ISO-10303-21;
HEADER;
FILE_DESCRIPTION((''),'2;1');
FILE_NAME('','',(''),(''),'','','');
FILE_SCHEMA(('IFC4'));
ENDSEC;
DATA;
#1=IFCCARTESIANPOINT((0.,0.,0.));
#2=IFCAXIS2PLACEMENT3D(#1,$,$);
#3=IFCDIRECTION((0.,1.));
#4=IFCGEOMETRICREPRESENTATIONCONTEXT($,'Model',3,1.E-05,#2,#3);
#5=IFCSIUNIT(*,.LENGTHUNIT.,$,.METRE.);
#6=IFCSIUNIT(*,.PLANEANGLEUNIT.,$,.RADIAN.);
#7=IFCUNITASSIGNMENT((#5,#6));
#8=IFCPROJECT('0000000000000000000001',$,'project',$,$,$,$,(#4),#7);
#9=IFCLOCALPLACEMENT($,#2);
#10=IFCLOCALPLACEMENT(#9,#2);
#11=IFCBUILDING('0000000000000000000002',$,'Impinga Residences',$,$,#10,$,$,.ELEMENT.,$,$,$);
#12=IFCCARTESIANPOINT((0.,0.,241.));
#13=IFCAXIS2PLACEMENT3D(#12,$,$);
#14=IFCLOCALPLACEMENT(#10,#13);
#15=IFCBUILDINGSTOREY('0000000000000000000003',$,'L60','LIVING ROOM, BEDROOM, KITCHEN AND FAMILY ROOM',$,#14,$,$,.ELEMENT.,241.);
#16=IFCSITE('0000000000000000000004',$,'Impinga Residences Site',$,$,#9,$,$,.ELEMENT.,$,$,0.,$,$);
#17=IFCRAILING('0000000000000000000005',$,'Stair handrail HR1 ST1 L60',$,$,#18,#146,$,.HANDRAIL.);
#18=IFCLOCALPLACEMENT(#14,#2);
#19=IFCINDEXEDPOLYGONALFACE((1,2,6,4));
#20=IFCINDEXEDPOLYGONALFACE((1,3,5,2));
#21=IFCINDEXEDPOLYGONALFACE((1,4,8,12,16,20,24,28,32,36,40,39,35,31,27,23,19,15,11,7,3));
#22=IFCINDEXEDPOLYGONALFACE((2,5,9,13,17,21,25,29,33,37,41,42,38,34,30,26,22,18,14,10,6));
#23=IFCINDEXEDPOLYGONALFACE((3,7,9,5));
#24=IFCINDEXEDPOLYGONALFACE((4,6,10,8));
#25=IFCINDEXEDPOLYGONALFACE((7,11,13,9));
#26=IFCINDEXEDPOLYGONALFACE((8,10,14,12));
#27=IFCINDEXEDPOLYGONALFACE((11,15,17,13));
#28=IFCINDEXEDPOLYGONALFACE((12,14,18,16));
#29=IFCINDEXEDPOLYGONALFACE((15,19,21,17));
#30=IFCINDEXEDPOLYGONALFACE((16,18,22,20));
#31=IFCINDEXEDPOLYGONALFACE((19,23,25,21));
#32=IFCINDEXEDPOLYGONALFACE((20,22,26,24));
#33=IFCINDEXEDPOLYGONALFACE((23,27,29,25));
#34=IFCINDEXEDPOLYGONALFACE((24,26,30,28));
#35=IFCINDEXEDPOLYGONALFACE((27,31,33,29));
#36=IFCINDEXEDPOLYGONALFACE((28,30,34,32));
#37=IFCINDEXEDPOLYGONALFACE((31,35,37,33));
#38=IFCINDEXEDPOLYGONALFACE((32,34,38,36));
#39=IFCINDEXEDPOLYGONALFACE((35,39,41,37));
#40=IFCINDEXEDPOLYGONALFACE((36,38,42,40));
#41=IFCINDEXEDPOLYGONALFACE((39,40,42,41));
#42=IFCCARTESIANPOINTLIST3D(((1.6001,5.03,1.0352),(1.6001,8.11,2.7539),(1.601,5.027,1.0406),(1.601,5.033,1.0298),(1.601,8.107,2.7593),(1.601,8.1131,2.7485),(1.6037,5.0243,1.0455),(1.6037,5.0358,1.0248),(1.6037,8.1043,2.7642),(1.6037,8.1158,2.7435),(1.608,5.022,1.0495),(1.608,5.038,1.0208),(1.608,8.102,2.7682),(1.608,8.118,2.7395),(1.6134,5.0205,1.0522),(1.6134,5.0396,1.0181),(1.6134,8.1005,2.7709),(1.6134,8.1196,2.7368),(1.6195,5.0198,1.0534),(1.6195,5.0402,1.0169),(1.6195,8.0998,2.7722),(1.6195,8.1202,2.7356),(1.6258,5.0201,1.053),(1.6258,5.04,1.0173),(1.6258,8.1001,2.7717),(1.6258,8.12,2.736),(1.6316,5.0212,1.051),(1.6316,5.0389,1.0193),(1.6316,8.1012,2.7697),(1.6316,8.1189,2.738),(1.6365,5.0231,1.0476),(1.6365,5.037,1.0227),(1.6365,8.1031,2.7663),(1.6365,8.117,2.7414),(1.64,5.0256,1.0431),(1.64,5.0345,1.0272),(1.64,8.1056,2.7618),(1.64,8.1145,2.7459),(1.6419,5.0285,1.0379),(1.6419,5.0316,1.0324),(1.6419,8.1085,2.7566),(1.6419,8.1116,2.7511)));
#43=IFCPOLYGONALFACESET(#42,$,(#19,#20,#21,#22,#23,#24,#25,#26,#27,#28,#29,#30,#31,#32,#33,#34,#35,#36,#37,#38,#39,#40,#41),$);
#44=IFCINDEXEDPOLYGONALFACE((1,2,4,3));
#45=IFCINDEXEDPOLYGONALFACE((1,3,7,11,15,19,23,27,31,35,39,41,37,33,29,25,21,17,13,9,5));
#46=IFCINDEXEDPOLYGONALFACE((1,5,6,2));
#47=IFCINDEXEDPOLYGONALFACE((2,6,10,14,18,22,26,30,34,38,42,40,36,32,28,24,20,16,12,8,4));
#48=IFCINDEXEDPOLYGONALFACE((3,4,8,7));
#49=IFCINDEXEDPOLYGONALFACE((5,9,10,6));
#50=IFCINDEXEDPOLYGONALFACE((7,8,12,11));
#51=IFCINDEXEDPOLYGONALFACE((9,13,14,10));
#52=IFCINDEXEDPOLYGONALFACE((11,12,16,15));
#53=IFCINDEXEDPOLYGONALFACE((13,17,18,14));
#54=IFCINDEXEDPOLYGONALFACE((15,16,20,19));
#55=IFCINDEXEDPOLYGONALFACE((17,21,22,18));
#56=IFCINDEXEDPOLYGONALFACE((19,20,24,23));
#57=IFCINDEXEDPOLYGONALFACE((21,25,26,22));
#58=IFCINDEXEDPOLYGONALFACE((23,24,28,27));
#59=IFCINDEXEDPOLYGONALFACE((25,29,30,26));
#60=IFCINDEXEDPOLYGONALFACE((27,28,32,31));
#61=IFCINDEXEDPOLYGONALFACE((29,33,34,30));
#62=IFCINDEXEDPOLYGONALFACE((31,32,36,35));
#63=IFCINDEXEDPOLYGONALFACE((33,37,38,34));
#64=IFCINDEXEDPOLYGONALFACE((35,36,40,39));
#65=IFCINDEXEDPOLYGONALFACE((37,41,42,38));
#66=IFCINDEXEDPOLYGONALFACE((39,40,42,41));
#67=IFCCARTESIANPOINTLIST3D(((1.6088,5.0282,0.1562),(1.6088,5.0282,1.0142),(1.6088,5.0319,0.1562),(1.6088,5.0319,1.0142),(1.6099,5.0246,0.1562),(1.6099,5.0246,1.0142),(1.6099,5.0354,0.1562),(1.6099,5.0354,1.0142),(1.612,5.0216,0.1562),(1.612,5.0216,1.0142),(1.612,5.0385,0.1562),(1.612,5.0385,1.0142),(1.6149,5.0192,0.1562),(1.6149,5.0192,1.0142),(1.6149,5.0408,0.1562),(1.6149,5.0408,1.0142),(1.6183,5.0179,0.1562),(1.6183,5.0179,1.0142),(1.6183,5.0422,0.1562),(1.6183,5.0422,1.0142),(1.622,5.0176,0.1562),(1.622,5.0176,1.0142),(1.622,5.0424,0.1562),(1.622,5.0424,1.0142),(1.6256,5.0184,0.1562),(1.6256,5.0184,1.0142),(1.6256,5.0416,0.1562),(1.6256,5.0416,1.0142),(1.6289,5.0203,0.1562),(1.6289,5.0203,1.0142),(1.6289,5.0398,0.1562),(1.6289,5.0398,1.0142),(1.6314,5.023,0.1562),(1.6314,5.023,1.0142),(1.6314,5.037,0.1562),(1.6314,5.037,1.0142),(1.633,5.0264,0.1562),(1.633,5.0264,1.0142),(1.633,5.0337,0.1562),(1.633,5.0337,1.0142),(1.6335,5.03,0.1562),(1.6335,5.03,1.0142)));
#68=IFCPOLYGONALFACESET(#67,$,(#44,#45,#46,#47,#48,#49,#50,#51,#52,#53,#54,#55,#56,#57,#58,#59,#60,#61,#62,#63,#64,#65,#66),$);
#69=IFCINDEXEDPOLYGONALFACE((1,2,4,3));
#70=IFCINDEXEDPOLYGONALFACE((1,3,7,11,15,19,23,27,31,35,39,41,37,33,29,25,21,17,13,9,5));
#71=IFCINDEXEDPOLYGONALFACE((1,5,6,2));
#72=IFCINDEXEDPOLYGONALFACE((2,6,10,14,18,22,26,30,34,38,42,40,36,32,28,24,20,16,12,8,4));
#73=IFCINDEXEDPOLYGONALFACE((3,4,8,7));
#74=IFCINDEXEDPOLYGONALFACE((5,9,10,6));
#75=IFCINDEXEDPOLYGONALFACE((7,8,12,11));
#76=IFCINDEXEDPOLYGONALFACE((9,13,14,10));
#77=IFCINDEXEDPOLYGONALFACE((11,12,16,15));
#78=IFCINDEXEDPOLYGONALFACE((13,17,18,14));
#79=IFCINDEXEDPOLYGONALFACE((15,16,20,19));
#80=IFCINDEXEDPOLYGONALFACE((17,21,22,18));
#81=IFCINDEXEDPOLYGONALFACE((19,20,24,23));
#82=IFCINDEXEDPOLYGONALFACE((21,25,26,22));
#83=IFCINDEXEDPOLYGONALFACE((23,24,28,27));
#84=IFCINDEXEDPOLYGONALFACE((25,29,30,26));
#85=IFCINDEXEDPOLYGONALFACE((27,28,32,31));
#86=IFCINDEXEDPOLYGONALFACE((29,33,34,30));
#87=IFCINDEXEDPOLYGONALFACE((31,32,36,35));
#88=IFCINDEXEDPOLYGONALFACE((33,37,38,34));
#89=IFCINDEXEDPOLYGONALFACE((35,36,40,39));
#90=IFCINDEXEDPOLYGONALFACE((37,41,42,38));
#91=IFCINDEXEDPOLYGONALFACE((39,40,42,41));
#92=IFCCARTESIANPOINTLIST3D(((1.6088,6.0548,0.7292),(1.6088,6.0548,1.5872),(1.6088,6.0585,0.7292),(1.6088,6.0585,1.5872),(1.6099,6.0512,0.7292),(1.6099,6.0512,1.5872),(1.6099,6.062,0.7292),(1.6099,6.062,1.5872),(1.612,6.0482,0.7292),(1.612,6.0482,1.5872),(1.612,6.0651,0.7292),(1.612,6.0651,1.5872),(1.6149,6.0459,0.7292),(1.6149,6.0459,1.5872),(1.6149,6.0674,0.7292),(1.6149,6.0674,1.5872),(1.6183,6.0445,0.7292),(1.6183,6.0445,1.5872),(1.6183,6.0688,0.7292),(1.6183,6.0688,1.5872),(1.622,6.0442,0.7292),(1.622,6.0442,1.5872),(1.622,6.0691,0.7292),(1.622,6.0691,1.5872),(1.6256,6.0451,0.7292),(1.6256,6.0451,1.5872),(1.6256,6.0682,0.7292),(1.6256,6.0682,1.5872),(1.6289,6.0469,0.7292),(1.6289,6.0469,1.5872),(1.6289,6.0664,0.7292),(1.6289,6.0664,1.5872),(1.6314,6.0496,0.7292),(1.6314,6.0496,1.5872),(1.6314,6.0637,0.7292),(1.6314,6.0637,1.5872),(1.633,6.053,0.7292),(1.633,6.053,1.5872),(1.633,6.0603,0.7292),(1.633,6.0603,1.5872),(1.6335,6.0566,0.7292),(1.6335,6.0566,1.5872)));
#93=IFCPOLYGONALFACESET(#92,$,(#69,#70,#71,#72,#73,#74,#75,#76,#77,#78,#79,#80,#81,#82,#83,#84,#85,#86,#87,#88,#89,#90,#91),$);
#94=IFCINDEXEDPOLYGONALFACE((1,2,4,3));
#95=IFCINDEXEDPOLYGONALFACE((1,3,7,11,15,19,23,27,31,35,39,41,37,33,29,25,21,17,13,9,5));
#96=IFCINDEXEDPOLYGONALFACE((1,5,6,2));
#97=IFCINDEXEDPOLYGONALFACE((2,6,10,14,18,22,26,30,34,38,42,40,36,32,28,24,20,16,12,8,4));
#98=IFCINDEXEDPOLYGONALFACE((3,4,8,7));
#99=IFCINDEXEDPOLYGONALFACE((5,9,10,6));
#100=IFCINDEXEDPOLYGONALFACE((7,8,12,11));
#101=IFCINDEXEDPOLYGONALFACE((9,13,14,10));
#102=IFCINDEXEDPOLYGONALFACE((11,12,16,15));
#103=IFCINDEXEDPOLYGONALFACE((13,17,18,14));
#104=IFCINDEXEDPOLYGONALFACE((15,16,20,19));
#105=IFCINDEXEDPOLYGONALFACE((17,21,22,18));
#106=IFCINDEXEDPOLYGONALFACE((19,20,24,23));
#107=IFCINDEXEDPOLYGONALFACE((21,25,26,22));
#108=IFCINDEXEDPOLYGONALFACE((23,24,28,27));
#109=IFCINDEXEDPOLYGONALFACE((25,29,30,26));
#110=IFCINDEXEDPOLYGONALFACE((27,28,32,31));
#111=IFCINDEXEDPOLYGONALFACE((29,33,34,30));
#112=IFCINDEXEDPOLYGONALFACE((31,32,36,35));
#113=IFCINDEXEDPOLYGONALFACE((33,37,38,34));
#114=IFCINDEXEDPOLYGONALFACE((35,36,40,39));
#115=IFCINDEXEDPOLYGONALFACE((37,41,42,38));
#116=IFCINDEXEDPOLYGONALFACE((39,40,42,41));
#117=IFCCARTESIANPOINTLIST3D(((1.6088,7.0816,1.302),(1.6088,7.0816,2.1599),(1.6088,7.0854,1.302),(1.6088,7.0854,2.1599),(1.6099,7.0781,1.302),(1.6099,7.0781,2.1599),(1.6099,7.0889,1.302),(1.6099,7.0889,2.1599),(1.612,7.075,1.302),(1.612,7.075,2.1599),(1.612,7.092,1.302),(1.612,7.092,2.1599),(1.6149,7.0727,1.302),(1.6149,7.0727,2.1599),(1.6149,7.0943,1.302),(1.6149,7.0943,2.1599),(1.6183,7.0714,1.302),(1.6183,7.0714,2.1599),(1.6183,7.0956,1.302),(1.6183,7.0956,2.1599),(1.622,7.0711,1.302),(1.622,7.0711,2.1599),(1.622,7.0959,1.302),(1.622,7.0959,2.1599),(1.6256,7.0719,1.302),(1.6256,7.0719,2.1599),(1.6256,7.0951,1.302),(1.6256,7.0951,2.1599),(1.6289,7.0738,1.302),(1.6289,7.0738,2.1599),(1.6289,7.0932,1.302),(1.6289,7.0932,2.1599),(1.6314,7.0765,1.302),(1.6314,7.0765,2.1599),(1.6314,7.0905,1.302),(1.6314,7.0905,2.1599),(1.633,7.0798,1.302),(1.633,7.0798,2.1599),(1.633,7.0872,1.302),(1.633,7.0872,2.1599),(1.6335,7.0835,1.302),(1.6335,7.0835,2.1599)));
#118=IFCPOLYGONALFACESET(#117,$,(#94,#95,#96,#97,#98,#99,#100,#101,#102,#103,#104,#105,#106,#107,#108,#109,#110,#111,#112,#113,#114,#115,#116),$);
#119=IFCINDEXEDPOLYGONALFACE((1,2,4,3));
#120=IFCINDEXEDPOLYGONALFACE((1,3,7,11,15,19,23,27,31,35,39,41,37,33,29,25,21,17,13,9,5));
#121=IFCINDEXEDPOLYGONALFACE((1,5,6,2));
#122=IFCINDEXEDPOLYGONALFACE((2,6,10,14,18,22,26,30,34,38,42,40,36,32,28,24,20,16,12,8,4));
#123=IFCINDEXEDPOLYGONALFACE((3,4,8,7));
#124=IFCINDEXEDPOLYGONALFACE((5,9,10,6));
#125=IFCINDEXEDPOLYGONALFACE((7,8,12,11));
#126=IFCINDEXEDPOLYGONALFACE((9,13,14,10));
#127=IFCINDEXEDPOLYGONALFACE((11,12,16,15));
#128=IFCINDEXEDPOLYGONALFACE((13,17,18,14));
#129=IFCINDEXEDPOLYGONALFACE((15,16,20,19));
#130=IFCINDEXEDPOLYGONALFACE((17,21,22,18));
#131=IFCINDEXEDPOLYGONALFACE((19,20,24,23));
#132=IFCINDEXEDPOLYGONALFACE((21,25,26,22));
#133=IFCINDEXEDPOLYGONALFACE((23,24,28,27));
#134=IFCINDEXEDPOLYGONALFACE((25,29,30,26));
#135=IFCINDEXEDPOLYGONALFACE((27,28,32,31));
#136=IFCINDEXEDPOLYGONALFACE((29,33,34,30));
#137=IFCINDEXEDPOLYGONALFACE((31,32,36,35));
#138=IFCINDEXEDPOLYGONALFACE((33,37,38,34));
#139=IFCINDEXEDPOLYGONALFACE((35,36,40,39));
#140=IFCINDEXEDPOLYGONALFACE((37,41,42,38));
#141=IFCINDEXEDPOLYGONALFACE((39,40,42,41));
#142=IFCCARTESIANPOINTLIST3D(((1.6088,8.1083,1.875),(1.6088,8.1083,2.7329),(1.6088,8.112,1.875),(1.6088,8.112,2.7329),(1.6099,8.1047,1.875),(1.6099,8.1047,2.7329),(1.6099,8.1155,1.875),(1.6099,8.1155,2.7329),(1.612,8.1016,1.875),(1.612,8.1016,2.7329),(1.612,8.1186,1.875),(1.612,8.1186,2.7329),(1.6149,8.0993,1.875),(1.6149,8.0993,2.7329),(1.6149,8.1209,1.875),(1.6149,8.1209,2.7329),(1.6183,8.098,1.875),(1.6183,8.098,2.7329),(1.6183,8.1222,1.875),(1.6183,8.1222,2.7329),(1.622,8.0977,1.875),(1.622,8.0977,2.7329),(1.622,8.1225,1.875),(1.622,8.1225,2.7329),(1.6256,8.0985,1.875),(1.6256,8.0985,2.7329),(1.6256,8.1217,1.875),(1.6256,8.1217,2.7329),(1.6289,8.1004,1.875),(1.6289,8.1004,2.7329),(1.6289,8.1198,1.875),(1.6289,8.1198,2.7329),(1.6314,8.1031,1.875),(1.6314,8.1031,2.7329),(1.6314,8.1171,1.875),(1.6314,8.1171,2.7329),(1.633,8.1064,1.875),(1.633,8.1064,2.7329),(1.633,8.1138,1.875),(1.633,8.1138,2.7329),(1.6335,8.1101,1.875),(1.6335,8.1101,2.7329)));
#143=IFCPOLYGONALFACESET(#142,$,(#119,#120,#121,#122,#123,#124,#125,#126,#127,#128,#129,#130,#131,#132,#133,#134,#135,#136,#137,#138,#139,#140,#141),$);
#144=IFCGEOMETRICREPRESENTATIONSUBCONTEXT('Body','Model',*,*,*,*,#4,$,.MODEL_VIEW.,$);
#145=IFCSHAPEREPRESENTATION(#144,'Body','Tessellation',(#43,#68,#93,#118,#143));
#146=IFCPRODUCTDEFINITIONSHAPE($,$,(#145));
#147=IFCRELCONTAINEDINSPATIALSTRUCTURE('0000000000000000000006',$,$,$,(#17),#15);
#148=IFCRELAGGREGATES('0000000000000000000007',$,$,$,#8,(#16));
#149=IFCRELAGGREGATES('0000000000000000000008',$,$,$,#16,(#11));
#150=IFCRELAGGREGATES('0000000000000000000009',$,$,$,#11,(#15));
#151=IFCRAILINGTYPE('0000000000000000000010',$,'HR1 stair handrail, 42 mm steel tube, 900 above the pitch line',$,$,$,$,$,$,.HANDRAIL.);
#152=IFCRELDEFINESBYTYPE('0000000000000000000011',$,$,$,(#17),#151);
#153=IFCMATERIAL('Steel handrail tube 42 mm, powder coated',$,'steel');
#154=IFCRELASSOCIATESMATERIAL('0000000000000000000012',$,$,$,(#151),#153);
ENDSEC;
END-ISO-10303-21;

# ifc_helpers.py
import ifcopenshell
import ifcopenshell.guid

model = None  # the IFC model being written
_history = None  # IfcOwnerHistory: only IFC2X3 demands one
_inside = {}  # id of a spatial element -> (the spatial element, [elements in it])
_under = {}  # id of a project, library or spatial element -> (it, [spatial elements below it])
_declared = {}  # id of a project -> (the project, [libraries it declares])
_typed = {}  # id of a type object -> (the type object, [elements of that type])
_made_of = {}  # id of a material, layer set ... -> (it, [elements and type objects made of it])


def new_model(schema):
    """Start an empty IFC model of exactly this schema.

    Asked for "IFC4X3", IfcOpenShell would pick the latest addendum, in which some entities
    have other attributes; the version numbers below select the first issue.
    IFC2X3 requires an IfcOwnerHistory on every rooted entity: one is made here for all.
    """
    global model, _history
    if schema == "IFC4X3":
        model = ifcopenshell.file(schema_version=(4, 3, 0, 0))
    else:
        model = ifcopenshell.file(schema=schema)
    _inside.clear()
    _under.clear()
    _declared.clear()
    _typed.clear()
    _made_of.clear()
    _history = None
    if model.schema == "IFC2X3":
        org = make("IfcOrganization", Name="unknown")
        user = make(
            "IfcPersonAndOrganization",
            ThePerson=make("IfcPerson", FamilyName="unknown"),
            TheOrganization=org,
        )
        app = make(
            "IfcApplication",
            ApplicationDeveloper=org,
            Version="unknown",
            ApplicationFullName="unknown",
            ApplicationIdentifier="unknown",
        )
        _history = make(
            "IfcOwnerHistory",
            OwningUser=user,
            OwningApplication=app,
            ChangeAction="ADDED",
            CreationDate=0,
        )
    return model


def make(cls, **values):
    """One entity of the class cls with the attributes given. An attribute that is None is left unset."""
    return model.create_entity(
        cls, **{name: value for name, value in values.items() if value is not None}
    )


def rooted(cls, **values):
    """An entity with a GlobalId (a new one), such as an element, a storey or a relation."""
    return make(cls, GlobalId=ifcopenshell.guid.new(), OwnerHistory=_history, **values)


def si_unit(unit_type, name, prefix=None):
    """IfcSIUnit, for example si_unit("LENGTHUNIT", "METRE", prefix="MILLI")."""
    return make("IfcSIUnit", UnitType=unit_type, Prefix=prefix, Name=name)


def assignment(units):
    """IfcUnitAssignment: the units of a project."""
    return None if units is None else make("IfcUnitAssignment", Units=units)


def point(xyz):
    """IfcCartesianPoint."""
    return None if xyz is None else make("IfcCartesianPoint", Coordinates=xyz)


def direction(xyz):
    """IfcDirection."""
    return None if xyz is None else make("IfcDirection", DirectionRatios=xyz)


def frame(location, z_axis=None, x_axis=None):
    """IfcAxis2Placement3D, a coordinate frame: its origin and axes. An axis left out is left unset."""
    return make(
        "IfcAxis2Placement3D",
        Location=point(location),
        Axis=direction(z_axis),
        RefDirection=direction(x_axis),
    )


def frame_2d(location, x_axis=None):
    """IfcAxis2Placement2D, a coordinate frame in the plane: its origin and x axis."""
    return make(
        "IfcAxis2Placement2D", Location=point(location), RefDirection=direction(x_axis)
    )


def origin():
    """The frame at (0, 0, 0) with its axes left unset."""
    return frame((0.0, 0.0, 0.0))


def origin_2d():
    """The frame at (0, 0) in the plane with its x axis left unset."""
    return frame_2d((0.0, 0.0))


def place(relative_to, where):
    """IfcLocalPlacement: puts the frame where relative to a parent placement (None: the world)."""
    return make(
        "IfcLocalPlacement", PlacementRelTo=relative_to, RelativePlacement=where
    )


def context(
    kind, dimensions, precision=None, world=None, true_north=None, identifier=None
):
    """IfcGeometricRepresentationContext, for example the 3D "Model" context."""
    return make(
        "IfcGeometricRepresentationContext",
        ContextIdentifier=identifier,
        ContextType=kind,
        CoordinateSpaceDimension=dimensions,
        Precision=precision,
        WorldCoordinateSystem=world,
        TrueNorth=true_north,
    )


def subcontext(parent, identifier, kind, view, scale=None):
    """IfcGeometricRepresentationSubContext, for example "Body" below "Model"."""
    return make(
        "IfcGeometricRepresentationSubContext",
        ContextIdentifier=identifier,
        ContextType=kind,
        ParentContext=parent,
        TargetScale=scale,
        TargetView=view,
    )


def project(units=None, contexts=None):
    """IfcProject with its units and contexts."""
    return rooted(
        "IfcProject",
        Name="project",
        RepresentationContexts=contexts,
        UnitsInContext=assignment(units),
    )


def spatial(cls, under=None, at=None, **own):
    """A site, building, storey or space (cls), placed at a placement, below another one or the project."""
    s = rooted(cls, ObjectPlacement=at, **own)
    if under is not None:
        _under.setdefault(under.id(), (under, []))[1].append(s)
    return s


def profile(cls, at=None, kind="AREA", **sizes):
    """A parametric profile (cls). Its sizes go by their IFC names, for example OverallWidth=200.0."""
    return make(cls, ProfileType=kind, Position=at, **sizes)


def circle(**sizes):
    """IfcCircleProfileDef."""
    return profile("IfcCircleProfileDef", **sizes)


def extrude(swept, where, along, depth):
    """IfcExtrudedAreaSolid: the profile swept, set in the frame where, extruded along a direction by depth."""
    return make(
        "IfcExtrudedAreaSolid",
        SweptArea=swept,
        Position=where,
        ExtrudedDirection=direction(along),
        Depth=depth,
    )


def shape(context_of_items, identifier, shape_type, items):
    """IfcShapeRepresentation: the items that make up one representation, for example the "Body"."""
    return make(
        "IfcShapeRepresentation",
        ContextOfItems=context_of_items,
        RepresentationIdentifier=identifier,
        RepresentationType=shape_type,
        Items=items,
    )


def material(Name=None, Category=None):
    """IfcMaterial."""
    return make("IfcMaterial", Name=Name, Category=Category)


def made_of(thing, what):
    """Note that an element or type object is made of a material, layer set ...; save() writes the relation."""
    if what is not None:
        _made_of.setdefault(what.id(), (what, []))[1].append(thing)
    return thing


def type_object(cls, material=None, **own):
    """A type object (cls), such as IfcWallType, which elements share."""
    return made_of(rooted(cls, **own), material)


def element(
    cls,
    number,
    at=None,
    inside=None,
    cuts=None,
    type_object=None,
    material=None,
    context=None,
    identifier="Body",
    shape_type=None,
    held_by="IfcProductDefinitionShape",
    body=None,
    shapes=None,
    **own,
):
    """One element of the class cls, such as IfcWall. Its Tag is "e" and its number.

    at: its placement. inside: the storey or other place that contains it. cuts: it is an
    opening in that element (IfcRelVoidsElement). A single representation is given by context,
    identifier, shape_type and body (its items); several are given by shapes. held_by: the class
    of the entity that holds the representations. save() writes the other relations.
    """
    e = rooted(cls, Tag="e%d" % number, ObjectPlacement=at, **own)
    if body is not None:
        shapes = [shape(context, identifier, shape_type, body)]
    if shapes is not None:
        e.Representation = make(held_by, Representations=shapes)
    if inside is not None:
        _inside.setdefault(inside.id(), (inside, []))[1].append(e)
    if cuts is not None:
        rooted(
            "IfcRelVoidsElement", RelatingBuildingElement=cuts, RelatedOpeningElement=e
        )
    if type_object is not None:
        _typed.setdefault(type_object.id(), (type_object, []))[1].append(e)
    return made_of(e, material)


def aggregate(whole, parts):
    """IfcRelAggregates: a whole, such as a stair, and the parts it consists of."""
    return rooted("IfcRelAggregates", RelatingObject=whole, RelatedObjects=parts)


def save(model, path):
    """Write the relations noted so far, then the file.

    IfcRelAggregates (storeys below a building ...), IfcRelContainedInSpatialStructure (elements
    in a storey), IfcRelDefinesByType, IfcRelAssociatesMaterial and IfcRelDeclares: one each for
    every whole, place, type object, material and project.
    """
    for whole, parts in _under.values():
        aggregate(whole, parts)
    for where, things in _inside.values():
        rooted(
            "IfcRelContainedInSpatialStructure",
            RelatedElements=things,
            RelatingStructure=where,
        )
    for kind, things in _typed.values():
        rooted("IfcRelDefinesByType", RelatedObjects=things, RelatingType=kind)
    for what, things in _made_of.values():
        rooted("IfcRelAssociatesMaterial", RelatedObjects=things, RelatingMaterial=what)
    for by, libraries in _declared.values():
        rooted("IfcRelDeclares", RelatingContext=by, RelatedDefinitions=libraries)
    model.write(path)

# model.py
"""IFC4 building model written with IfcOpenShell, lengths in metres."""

from ifc_helpers import new_model, si_unit, direction, frame, origin, origin_2d, place, context, subcontext, project, spatial, circle, extrude, material, type_object, element, save


model = new_model("IFC4")

# Units and contexts
model_context = context("Model", 3, precision=1e-05, world=origin(), true_north=direction((0.0, 1.0)))
body_context = subcontext(model_context, "Body", "Model", "MODEL_VIEW")
ifc_project = project(units=[si_unit("LENGTHUNIT", "METRE"), si_unit("PLANEANGLEUNIT", "RADIAN")], contexts=[model_context])

# Site, building, storey
site_placement = place(None, origin())
site = spatial("IfcSite", under=ifc_project, at=site_placement, Name="Impinga Residences Site", CompositionType="ELEMENT", RefElevation=0.0)
building_placement = place(site_placement, origin())
building = spatial("IfcBuilding", under=site, at=building_placement, Name="Impinga Residences", CompositionType="ELEMENT")
storey_placement = place(building_placement, frame((0.0, 0.0, 241.0)))
storey = spatial("IfcBuildingStorey", under=building, at=storey_placement, Name="L60", Description="LIVING ROOM, BEDROOM, KITCHEN AND FAMILY ROOM", CompositionType="ELEMENT", Elevation=241.0)

# Railing
ifc_material_1 = material(Name="Steel handrail tube 42 mm, powder coated", Category="steel")
railing_type_1 = type_object("IfcRailingType", Name="HR1 stair handrail, 42 mm steel tube, 900 above the pitch line", PredefinedType="HANDRAIL", material=ifc_material_1)
railing_1_placement = place(storey_placement, frame((1.6211, 5.03, 0.1562)))
element("IfcRailing", 1, at=railing_1_placement, inside=storey, type_object=railing_type_1, Name="Stair handrail HR1 ST1 L60", PredefinedType="HANDRAIL", context=body_context, shape_type="SweptSolid", body=[
    extrude(circle(Radius=0.021, at=origin_2d()), frame((0.0, 0.0, 0.8789), z_axis=(0.0, 0.873242, 0.487288), x_axis=(-1.0, 0.0, 0.0)), (0.0, 0.0, 1.0), 3.5271),
    extrude(circle(Radius=0.0125, at=origin_2d()), origin(), (0.0, 0.0, 1.0), 0.8579),
    extrude(circle(Radius=0.0125, at=origin_2d()), frame((0.0, 1.0266, 0.573)), (0.0, 0.0, 1.0), 0.8579),
    extrude(circle(Radius=0.0125, at=origin_2d()), frame((0.0, 2.0535, 1.1458)), (0.0, 0.0, 1.0), 0.8579),
    extrude(circle(Radius=0.0125, at=origin_2d()), frame((0.0, 3.0801, 1.7188)), (0.0, 0.0, 1.0), 0.8579),
])

save(model, "model.ifc")
